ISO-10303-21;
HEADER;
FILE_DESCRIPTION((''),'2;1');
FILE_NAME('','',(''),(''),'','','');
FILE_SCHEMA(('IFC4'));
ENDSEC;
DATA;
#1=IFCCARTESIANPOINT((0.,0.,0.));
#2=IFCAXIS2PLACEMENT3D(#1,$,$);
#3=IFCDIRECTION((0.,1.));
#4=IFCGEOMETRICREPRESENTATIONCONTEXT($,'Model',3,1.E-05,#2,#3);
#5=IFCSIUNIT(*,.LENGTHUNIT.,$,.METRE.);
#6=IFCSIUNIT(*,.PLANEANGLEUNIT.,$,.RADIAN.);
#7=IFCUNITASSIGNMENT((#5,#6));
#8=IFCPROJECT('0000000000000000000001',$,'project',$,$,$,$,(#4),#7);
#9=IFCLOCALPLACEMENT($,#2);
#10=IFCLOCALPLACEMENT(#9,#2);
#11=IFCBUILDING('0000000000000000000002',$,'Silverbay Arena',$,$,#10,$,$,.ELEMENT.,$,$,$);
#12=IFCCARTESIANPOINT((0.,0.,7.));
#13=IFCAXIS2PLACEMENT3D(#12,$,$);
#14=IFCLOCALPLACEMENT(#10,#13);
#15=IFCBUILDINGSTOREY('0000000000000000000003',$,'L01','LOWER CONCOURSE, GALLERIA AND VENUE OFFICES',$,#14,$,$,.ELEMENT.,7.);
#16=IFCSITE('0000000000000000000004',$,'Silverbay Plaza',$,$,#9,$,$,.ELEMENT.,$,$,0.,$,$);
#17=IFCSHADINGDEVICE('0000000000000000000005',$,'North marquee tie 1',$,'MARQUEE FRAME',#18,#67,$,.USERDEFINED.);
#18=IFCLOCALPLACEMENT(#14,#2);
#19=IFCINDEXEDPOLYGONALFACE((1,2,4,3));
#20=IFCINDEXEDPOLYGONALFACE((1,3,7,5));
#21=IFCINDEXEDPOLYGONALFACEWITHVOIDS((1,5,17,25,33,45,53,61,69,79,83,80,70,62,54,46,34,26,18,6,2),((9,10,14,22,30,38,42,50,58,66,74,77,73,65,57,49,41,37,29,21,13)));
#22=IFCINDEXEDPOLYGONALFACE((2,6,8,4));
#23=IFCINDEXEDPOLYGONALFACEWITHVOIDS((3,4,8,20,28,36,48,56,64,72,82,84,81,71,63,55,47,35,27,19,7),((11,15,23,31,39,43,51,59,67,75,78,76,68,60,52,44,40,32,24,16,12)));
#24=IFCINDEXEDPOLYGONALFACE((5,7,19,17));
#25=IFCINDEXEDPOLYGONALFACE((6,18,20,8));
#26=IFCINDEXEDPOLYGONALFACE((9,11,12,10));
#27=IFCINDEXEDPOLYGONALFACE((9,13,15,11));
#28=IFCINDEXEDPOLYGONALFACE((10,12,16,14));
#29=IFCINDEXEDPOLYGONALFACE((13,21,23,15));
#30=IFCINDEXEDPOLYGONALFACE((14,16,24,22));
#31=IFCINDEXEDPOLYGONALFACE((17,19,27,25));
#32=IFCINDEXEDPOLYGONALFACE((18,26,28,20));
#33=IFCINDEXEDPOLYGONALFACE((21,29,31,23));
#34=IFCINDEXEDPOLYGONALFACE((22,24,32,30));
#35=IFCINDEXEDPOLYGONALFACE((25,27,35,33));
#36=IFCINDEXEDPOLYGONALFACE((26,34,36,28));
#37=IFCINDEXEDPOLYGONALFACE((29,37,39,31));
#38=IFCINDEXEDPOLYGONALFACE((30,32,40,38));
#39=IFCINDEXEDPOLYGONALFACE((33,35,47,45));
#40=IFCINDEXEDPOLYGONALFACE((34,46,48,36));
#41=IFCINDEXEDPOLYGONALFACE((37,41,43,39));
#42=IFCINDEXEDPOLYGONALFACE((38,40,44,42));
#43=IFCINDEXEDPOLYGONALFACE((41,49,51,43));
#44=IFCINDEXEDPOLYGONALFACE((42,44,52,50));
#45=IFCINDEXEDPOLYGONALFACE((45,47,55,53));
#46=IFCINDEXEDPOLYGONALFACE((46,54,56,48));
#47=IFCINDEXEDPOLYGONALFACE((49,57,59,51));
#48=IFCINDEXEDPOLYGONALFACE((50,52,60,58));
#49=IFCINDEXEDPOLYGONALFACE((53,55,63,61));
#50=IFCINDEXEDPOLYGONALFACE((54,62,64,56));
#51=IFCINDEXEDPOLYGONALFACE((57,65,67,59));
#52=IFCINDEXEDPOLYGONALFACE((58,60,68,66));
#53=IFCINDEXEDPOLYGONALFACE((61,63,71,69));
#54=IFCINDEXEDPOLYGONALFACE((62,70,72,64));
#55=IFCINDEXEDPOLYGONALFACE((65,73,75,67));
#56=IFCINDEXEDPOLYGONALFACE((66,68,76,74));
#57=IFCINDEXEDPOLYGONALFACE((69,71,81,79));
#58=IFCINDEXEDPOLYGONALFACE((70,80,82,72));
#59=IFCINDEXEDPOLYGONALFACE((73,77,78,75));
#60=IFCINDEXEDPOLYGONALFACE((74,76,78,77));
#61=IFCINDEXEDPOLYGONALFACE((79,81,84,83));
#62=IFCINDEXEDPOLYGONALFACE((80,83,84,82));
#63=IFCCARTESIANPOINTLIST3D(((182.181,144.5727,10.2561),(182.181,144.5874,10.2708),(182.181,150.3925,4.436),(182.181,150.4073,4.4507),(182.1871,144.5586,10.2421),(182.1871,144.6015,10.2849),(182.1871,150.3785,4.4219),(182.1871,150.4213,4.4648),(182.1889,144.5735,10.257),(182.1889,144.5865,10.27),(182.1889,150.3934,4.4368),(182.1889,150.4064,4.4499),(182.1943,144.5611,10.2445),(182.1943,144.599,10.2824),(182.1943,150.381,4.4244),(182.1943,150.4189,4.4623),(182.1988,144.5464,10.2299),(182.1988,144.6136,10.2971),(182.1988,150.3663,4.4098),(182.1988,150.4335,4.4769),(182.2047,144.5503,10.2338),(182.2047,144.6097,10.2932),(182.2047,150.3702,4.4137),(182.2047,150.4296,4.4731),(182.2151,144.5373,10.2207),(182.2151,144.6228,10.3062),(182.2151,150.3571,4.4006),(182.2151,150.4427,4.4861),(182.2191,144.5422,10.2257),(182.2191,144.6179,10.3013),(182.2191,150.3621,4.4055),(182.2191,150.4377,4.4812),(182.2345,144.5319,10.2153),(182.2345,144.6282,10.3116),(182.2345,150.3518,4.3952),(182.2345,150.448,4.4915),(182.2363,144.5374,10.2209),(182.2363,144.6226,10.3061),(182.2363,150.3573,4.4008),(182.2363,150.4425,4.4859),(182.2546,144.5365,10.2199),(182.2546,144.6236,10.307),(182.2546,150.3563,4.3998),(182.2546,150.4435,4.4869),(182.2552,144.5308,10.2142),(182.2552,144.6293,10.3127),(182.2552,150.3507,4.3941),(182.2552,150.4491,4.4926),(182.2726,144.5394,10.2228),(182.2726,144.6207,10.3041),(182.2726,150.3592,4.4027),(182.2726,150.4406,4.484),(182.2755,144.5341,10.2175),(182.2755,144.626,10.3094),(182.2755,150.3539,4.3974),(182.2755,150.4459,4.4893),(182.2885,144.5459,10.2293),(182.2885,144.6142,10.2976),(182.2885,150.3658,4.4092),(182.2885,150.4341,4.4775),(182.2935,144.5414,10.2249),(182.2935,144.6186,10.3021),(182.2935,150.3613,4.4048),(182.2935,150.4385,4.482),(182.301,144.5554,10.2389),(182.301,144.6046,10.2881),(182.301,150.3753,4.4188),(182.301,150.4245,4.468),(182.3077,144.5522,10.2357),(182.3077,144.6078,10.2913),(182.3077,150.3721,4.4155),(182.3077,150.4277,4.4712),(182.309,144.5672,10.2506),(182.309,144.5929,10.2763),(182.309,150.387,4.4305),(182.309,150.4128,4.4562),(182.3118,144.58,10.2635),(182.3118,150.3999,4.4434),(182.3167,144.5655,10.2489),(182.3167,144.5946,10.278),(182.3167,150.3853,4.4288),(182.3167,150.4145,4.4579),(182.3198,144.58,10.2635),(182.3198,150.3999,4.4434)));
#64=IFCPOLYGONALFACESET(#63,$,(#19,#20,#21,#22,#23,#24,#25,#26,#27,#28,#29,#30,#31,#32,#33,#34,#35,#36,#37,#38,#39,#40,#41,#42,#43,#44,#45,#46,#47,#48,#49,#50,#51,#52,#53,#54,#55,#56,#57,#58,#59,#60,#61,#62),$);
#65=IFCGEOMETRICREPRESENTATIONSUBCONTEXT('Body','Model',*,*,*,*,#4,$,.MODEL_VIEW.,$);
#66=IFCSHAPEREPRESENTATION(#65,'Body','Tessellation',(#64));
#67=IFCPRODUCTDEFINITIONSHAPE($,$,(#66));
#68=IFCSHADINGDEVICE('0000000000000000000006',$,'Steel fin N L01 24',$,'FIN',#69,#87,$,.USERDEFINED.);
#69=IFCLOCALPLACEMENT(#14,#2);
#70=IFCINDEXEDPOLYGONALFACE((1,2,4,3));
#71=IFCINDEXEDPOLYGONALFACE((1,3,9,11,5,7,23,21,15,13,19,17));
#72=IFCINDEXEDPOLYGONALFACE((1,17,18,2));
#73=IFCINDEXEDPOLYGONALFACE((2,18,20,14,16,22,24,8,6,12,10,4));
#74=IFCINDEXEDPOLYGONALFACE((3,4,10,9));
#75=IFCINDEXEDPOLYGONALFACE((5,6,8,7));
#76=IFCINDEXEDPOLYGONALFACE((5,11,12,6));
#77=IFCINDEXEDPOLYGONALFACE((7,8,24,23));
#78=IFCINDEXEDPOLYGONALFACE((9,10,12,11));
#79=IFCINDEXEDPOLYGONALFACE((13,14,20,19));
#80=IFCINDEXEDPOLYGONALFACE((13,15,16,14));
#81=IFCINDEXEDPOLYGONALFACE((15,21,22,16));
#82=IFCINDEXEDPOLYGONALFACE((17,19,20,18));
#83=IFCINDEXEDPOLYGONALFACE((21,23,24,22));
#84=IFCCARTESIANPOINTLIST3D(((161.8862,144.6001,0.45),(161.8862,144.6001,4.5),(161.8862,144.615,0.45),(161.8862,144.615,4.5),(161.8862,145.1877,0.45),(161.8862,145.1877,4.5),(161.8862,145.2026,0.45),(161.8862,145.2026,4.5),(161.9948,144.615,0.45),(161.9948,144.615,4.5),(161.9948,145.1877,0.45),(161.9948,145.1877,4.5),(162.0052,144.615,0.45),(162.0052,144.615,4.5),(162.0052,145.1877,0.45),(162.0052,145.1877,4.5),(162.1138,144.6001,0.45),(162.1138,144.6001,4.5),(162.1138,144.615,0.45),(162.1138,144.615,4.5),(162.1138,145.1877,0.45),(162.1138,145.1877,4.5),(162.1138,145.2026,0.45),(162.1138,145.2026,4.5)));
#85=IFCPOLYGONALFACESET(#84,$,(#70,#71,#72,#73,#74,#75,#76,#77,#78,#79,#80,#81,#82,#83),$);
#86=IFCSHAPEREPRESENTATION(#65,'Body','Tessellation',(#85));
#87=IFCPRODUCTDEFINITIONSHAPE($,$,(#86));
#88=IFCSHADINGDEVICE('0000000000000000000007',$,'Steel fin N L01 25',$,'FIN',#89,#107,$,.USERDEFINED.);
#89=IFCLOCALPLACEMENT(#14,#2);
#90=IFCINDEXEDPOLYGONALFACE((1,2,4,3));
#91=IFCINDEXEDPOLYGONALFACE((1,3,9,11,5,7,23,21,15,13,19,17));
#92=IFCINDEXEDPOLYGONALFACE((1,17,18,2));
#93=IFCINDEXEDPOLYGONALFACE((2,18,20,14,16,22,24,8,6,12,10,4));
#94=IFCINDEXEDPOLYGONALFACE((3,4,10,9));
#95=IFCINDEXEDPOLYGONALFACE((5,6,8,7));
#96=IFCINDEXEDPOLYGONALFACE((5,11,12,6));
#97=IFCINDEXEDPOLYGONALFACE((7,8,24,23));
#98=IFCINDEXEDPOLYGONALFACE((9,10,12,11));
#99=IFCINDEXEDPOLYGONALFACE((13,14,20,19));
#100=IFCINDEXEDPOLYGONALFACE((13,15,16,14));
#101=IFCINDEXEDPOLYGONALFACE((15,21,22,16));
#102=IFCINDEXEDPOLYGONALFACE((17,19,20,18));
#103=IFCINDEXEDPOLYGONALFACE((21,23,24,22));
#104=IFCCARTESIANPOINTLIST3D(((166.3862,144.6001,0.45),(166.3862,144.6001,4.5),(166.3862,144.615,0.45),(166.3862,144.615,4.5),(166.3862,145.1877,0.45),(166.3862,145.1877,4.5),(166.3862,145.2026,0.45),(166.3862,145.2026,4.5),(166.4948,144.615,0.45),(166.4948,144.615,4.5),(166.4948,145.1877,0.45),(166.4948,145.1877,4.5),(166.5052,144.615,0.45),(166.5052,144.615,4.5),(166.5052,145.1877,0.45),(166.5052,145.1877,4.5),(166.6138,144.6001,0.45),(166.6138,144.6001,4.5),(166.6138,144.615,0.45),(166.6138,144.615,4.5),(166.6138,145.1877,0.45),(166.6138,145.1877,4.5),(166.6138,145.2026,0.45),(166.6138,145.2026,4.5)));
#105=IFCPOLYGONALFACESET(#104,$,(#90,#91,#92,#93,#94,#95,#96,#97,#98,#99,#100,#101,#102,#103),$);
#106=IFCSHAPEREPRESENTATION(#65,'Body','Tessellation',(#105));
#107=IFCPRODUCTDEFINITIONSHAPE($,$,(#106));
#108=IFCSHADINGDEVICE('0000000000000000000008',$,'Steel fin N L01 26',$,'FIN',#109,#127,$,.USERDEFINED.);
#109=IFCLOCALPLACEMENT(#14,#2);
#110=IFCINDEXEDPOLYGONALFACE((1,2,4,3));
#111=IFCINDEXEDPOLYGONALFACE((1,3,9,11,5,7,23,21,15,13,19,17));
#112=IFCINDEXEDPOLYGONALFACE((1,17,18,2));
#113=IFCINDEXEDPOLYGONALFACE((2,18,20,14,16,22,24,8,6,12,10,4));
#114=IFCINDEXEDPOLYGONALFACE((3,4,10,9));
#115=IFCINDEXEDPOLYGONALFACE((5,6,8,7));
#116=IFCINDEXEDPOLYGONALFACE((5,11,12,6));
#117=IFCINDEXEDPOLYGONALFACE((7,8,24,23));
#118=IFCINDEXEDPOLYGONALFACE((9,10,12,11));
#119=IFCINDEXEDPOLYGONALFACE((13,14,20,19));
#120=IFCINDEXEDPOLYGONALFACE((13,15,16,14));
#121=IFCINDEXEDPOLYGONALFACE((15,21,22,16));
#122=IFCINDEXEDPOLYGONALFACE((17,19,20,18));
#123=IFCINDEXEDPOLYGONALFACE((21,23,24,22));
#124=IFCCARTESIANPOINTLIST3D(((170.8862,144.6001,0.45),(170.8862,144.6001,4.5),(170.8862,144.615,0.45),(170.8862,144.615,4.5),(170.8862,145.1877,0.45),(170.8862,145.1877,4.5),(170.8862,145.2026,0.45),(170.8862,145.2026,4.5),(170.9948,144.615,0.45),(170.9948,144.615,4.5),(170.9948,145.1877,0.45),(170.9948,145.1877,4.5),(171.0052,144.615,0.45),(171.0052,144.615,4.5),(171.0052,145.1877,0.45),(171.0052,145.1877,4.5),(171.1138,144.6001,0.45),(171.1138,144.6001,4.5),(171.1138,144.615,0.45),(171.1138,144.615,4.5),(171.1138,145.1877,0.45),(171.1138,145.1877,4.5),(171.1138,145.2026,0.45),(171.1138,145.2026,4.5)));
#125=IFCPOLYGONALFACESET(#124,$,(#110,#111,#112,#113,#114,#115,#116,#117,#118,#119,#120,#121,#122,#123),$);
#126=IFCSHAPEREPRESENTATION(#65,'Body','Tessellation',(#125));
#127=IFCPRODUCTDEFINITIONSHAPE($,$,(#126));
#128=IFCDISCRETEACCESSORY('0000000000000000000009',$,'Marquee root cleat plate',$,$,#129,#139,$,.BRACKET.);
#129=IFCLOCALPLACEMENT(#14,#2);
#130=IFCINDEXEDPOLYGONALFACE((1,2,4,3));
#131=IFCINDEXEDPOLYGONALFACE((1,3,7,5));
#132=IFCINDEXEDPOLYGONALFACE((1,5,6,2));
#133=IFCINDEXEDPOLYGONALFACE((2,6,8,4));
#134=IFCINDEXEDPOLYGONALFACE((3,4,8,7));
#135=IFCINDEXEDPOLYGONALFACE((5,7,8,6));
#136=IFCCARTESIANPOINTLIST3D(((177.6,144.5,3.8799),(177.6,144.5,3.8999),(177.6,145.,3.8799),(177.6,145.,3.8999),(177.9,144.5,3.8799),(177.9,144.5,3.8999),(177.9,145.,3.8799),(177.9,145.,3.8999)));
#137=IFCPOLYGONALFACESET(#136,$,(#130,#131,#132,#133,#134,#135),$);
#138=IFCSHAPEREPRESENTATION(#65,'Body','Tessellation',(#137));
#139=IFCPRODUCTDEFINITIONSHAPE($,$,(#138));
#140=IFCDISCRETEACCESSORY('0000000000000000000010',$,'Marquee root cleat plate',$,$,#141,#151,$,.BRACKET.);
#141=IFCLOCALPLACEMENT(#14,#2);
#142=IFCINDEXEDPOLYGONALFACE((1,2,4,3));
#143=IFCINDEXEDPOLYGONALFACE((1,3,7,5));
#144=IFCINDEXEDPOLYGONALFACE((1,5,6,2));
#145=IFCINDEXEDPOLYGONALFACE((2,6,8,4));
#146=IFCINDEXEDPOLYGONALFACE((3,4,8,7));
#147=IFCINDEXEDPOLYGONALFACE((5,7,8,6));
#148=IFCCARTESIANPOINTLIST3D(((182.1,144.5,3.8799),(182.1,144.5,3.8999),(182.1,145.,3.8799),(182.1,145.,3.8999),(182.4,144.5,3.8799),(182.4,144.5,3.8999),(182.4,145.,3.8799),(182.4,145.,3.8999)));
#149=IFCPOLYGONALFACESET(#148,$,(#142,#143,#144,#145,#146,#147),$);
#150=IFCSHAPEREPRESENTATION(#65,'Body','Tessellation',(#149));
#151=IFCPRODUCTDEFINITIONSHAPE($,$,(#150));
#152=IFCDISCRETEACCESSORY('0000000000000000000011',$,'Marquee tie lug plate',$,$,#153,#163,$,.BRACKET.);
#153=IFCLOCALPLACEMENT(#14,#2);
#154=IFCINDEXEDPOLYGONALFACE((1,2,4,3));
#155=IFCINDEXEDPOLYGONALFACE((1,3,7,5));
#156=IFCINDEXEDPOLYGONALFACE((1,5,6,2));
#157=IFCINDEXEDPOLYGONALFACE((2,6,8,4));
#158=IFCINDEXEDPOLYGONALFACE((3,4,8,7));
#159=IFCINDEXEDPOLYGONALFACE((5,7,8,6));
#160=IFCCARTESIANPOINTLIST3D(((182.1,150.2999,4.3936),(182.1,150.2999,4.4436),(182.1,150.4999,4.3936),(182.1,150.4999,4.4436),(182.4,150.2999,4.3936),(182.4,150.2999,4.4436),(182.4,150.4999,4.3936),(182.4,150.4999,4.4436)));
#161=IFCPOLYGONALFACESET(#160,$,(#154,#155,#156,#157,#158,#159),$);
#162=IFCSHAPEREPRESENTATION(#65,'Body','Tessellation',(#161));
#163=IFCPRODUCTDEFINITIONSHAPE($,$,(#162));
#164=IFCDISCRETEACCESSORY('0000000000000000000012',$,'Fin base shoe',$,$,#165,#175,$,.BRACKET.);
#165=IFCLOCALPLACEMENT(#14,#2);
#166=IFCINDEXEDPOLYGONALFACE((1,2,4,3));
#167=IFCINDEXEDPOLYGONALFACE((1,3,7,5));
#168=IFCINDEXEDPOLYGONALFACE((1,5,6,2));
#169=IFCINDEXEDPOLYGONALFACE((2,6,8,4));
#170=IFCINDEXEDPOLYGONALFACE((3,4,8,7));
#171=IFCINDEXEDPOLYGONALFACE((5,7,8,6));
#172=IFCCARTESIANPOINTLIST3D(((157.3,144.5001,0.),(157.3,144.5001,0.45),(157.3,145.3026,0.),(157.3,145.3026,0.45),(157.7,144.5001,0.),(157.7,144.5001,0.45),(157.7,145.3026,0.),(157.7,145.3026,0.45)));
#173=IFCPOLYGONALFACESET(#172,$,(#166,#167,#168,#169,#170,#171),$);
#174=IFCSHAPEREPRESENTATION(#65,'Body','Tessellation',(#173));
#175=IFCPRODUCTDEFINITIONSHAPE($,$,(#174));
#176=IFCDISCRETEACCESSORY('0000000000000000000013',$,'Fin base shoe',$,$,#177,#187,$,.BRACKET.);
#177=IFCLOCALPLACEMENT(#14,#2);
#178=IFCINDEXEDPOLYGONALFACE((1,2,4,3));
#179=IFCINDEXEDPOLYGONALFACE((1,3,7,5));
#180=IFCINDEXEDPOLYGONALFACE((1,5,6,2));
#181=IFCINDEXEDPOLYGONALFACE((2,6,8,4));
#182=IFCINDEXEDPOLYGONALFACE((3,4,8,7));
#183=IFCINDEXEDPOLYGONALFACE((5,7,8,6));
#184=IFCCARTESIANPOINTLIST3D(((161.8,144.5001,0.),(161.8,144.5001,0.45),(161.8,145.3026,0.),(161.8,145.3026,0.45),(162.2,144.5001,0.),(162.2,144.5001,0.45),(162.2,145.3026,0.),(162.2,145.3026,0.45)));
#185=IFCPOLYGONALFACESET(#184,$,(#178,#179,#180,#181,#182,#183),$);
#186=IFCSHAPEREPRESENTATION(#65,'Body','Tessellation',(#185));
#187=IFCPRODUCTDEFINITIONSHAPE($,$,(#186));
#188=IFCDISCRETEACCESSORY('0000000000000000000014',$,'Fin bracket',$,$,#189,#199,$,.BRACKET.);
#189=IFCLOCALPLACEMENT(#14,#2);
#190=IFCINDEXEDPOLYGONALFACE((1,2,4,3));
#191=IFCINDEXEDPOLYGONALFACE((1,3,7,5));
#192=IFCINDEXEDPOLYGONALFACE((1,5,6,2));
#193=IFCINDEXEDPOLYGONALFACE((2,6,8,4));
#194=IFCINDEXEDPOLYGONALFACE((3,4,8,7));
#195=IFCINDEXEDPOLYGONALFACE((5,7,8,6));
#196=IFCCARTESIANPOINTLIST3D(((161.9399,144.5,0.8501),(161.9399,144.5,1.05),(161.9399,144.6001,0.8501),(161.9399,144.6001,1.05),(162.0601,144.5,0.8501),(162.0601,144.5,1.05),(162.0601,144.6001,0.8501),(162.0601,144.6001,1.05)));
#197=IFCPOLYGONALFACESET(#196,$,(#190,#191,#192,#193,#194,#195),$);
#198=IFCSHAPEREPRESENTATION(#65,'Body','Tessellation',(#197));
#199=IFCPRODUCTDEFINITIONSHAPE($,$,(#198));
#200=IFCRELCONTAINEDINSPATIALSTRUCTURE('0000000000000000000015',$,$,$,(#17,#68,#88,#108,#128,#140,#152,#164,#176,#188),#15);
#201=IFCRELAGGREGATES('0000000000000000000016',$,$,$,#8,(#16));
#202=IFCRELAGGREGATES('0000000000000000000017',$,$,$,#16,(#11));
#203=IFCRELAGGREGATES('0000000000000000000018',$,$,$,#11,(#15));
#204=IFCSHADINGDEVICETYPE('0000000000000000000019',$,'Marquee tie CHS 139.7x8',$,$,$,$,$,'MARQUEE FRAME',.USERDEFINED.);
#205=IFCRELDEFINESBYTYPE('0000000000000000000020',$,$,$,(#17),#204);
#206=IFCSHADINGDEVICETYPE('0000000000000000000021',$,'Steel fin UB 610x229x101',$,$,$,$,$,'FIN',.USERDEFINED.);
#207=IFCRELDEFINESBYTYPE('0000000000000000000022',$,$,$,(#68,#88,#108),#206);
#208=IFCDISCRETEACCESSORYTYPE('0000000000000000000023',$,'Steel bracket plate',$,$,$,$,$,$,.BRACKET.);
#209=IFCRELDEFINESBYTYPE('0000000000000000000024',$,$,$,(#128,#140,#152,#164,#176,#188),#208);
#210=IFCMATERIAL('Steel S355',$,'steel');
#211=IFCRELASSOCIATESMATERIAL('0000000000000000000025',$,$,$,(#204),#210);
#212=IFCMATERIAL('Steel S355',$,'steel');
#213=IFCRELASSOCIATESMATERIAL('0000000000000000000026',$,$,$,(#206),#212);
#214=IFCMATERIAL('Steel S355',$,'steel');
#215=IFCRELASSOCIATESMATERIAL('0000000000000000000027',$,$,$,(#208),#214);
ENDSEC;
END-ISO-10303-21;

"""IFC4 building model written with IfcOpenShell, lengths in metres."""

from ifc_helpers import new_model, si_unit, direction, frame, origin, origin_2d, place, context, subcontext, project, spatial, rectangle, hollow_circle, i_section, extrude, material, material_profile, profile_set, type_object, element, save


model = new_model("IFC4")

# Units and contexts
model_context = context("Model", 3, precision=1e-05, world=origin(), true_north=direction((0.0, 1.0)))
body_context = subcontext(model_context, "Body", "Model", "MODEL_VIEW")
ifc_project = project(units=[si_unit("LENGTHUNIT", "METRE"), si_unit("PLANEANGLEUNIT", "RADIAN")], contexts=[model_context])

# Site, building, storey
site_placement = place(None, origin())
site = spatial("IfcSite", under=ifc_project, at=site_placement, Name="Silverbay Plaza", CompositionType="ELEMENT", RefElevation=0.0)
building_placement = place(site_placement, origin())
building = spatial("IfcBuilding", under=site, at=building_placement, Name="Silverbay Arena", CompositionType="ELEMENT")
storey_placement = place(building_placement, frame((0.0, 0.0, 7.0)))
storey = spatial("IfcBuildingStorey", under=building, at=storey_placement, Name="L01", Description="LOWER CONCOURSE, GALLERIA AND VENUE OFFICES", CompositionType="ELEMENT", Elevation=7.0)

# Shading devices
ifc_material_1 = material(Name="Steel S355", Category="steel")
ifc_material_profile_1 = material_profile(ifc_material_1, hollow_circle(Radius=0.0698, WallThickness=0.0081, at=origin_2d()), Name="CHS 139.7x8")
ifc_profile_set_1 = profile_set([ifc_material_profile_1], Name="Steel S355")
shading_device_type_1 = type_object("IfcShadingDeviceType", Name="Marquee tie CHS 139.7x8", ElementType="MARQUEE FRAME", PredefinedType="USERDEFINED", material=ifc_profile_set_1)
shading_device_1_placement = place(storey_placement, frame((182.25, 150.3999, 4.4434), z_axis=(0.0, -0.707092, 0.707122), x_axis=(1.0, 0.0, 0.0)))
element("IfcShadingDevice", 1, at=shading_device_1_placement, inside=storey, type_object=shading_device_type_1, Name="North marquee tie 1", ObjectType="MARQUEE FRAME", PredefinedType="USERDEFINED", context=body_context, shape_type="SweptSolid", body=[
    extrude(hollow_circle(Radius=0.0698, WallThickness=0.0081, at=origin_2d()), origin(), (0.0, 0.0, 1.0), 8.2307),
])
ifc_material_2 = material(Name="Steel S355", Category="steel")
ifc_material_profile_2 = material_profile(ifc_material_2, i_section(OverallWidth=0.2275, OverallDepth=0.6025, WebThickness=0.0105, FlangeThickness=0.0149, at=origin_2d()), Name="UB 610x229x101")
ifc_profile_set_2 = profile_set([ifc_material_profile_2], Name="Steel S355")
shading_device_type_2 = type_object("IfcShadingDeviceType", Name="Steel fin UB 610x229x101", ElementType="FIN", PredefinedType="USERDEFINED", material=ifc_profile_set_2)
for number, where, z_axis, x_axis, name in (
    (2, (162.0, 144.9014, 0.45), (0.0, 0.0, 1.0), (1.0, 0.0, 0.0), "Steel fin N L01 24"),
    (3, (166.5, 144.9014, 0.45), (0.0, 0.0, 1.0), (1.0, 0.0, 0.0), "Steel fin N L01 25"),
    (4, (171.0, 144.9014, 0.45), (0.0, 0.0, 1.0), (1.0, 0.0, 0.0), "Steel fin N L01 26"),
):
    element("IfcShadingDevice", number, at=place(storey_placement, frame(where, z_axis=z_axis, x_axis=x_axis)), inside=storey, type_object=shading_device_type_2, Name=name, ObjectType="FIN", PredefinedType="USERDEFINED", context=body_context, shape_type="SweptSolid", body=[
        extrude(i_section(OverallWidth=0.2275, OverallDepth=0.6025, WebThickness=0.0105, FlangeThickness=0.0149, at=origin_2d()), origin(), (0.0, 0.0, 1.0), 4.05),
    ])

# Discrete accessories
ifc_material_3 = material(Name="Steel S355", Category="steel")
discrete_accessory_type = type_object("IfcDiscreteAccessoryType", Name="Steel bracket plate", PredefinedType="BRACKET", material=ifc_material_3)
for number, where, z_axis, x_axis, name in (
    (5, (177.75, 144.75, 3.8799), (0.0, 0.0, 1.0), (1.0, 0.0, 0.0), "Marquee root cleat plate"),
    (6, (182.25, 144.75, 3.8799), (0.0, 0.0, 1.0), (1.0, 0.0, 0.0), "Marquee root cleat plate"),
):
    element("IfcDiscreteAccessory", number, at=place(storey_placement, frame(where, z_axis=z_axis, x_axis=x_axis)), inside=storey, type_object=discrete_accessory_type, Name=name, PredefinedType="BRACKET", context=body_context, shape_type="SweptSolid", body=[
        extrude(rectangle(XDim=0.3, YDim=0.5, at=origin_2d()), origin(), (0.0, 0.0, 1.0), 0.02),
    ])
discrete_accessory_1_placement = place(storey_placement, frame((182.25, 150.3999, 4.3936), z_axis=(0.0, 0.0, 1.0), x_axis=(1.0, 0.0, 0.0)))
element("IfcDiscreteAccessory", 7, at=discrete_accessory_1_placement, inside=storey, type_object=discrete_accessory_type, Name="Marquee tie lug plate", PredefinedType="BRACKET", context=body_context, shape_type="SweptSolid", body=[
    extrude(rectangle(XDim=0.3, YDim=0.2, at=origin_2d()), origin(), (0.0, 0.0, 1.0), 0.05),
])
for number, where, z_axis, x_axis, name in (
    (8, (157.5, 144.9014, 0.0), (0.0, 0.0, 1.0), (1.0, 0.0, 0.0), "Fin base shoe"),
    (9, (162.0, 144.9014, 0.0), (0.0, 0.0, 1.0), (1.0, 0.0, 0.0), "Fin base shoe"),
):
    element("IfcDiscreteAccessory", number, at=place(storey_placement, frame(where, z_axis=z_axis, x_axis=x_axis)), inside=storey, type_object=discrete_accessory_type, Name=name, PredefinedType="BRACKET", context=body_context, shape_type="SweptSolid", body=[
        extrude(rectangle(XDim=0.3999, YDim=0.8025, at=origin_2d()), origin(), (0.0, 0.0, 1.0), 0.45),
    ])
for number, where, z_axis, x_axis, name in (
    (10, (162.0, 144.55, 0.8501), (0.0, 0.0, 1.0), (1.0, 0.0, 0.0), "Fin bracket"),
):
    element("IfcDiscreteAccessory", number, at=place(storey_placement, frame(where, z_axis=z_axis, x_axis=x_axis)), inside=storey, type_object=discrete_accessory_type, Name=name, PredefinedType="BRACKET", context=body_context, shape_type="SweptSolid", body=[
        extrude(rectangle(XDim=0.1201, YDim=0.1001, at=origin_2d()), origin(), (0.0, 0.0, 1.0), 0.2),
    ])

save(model, "model.ifc")
